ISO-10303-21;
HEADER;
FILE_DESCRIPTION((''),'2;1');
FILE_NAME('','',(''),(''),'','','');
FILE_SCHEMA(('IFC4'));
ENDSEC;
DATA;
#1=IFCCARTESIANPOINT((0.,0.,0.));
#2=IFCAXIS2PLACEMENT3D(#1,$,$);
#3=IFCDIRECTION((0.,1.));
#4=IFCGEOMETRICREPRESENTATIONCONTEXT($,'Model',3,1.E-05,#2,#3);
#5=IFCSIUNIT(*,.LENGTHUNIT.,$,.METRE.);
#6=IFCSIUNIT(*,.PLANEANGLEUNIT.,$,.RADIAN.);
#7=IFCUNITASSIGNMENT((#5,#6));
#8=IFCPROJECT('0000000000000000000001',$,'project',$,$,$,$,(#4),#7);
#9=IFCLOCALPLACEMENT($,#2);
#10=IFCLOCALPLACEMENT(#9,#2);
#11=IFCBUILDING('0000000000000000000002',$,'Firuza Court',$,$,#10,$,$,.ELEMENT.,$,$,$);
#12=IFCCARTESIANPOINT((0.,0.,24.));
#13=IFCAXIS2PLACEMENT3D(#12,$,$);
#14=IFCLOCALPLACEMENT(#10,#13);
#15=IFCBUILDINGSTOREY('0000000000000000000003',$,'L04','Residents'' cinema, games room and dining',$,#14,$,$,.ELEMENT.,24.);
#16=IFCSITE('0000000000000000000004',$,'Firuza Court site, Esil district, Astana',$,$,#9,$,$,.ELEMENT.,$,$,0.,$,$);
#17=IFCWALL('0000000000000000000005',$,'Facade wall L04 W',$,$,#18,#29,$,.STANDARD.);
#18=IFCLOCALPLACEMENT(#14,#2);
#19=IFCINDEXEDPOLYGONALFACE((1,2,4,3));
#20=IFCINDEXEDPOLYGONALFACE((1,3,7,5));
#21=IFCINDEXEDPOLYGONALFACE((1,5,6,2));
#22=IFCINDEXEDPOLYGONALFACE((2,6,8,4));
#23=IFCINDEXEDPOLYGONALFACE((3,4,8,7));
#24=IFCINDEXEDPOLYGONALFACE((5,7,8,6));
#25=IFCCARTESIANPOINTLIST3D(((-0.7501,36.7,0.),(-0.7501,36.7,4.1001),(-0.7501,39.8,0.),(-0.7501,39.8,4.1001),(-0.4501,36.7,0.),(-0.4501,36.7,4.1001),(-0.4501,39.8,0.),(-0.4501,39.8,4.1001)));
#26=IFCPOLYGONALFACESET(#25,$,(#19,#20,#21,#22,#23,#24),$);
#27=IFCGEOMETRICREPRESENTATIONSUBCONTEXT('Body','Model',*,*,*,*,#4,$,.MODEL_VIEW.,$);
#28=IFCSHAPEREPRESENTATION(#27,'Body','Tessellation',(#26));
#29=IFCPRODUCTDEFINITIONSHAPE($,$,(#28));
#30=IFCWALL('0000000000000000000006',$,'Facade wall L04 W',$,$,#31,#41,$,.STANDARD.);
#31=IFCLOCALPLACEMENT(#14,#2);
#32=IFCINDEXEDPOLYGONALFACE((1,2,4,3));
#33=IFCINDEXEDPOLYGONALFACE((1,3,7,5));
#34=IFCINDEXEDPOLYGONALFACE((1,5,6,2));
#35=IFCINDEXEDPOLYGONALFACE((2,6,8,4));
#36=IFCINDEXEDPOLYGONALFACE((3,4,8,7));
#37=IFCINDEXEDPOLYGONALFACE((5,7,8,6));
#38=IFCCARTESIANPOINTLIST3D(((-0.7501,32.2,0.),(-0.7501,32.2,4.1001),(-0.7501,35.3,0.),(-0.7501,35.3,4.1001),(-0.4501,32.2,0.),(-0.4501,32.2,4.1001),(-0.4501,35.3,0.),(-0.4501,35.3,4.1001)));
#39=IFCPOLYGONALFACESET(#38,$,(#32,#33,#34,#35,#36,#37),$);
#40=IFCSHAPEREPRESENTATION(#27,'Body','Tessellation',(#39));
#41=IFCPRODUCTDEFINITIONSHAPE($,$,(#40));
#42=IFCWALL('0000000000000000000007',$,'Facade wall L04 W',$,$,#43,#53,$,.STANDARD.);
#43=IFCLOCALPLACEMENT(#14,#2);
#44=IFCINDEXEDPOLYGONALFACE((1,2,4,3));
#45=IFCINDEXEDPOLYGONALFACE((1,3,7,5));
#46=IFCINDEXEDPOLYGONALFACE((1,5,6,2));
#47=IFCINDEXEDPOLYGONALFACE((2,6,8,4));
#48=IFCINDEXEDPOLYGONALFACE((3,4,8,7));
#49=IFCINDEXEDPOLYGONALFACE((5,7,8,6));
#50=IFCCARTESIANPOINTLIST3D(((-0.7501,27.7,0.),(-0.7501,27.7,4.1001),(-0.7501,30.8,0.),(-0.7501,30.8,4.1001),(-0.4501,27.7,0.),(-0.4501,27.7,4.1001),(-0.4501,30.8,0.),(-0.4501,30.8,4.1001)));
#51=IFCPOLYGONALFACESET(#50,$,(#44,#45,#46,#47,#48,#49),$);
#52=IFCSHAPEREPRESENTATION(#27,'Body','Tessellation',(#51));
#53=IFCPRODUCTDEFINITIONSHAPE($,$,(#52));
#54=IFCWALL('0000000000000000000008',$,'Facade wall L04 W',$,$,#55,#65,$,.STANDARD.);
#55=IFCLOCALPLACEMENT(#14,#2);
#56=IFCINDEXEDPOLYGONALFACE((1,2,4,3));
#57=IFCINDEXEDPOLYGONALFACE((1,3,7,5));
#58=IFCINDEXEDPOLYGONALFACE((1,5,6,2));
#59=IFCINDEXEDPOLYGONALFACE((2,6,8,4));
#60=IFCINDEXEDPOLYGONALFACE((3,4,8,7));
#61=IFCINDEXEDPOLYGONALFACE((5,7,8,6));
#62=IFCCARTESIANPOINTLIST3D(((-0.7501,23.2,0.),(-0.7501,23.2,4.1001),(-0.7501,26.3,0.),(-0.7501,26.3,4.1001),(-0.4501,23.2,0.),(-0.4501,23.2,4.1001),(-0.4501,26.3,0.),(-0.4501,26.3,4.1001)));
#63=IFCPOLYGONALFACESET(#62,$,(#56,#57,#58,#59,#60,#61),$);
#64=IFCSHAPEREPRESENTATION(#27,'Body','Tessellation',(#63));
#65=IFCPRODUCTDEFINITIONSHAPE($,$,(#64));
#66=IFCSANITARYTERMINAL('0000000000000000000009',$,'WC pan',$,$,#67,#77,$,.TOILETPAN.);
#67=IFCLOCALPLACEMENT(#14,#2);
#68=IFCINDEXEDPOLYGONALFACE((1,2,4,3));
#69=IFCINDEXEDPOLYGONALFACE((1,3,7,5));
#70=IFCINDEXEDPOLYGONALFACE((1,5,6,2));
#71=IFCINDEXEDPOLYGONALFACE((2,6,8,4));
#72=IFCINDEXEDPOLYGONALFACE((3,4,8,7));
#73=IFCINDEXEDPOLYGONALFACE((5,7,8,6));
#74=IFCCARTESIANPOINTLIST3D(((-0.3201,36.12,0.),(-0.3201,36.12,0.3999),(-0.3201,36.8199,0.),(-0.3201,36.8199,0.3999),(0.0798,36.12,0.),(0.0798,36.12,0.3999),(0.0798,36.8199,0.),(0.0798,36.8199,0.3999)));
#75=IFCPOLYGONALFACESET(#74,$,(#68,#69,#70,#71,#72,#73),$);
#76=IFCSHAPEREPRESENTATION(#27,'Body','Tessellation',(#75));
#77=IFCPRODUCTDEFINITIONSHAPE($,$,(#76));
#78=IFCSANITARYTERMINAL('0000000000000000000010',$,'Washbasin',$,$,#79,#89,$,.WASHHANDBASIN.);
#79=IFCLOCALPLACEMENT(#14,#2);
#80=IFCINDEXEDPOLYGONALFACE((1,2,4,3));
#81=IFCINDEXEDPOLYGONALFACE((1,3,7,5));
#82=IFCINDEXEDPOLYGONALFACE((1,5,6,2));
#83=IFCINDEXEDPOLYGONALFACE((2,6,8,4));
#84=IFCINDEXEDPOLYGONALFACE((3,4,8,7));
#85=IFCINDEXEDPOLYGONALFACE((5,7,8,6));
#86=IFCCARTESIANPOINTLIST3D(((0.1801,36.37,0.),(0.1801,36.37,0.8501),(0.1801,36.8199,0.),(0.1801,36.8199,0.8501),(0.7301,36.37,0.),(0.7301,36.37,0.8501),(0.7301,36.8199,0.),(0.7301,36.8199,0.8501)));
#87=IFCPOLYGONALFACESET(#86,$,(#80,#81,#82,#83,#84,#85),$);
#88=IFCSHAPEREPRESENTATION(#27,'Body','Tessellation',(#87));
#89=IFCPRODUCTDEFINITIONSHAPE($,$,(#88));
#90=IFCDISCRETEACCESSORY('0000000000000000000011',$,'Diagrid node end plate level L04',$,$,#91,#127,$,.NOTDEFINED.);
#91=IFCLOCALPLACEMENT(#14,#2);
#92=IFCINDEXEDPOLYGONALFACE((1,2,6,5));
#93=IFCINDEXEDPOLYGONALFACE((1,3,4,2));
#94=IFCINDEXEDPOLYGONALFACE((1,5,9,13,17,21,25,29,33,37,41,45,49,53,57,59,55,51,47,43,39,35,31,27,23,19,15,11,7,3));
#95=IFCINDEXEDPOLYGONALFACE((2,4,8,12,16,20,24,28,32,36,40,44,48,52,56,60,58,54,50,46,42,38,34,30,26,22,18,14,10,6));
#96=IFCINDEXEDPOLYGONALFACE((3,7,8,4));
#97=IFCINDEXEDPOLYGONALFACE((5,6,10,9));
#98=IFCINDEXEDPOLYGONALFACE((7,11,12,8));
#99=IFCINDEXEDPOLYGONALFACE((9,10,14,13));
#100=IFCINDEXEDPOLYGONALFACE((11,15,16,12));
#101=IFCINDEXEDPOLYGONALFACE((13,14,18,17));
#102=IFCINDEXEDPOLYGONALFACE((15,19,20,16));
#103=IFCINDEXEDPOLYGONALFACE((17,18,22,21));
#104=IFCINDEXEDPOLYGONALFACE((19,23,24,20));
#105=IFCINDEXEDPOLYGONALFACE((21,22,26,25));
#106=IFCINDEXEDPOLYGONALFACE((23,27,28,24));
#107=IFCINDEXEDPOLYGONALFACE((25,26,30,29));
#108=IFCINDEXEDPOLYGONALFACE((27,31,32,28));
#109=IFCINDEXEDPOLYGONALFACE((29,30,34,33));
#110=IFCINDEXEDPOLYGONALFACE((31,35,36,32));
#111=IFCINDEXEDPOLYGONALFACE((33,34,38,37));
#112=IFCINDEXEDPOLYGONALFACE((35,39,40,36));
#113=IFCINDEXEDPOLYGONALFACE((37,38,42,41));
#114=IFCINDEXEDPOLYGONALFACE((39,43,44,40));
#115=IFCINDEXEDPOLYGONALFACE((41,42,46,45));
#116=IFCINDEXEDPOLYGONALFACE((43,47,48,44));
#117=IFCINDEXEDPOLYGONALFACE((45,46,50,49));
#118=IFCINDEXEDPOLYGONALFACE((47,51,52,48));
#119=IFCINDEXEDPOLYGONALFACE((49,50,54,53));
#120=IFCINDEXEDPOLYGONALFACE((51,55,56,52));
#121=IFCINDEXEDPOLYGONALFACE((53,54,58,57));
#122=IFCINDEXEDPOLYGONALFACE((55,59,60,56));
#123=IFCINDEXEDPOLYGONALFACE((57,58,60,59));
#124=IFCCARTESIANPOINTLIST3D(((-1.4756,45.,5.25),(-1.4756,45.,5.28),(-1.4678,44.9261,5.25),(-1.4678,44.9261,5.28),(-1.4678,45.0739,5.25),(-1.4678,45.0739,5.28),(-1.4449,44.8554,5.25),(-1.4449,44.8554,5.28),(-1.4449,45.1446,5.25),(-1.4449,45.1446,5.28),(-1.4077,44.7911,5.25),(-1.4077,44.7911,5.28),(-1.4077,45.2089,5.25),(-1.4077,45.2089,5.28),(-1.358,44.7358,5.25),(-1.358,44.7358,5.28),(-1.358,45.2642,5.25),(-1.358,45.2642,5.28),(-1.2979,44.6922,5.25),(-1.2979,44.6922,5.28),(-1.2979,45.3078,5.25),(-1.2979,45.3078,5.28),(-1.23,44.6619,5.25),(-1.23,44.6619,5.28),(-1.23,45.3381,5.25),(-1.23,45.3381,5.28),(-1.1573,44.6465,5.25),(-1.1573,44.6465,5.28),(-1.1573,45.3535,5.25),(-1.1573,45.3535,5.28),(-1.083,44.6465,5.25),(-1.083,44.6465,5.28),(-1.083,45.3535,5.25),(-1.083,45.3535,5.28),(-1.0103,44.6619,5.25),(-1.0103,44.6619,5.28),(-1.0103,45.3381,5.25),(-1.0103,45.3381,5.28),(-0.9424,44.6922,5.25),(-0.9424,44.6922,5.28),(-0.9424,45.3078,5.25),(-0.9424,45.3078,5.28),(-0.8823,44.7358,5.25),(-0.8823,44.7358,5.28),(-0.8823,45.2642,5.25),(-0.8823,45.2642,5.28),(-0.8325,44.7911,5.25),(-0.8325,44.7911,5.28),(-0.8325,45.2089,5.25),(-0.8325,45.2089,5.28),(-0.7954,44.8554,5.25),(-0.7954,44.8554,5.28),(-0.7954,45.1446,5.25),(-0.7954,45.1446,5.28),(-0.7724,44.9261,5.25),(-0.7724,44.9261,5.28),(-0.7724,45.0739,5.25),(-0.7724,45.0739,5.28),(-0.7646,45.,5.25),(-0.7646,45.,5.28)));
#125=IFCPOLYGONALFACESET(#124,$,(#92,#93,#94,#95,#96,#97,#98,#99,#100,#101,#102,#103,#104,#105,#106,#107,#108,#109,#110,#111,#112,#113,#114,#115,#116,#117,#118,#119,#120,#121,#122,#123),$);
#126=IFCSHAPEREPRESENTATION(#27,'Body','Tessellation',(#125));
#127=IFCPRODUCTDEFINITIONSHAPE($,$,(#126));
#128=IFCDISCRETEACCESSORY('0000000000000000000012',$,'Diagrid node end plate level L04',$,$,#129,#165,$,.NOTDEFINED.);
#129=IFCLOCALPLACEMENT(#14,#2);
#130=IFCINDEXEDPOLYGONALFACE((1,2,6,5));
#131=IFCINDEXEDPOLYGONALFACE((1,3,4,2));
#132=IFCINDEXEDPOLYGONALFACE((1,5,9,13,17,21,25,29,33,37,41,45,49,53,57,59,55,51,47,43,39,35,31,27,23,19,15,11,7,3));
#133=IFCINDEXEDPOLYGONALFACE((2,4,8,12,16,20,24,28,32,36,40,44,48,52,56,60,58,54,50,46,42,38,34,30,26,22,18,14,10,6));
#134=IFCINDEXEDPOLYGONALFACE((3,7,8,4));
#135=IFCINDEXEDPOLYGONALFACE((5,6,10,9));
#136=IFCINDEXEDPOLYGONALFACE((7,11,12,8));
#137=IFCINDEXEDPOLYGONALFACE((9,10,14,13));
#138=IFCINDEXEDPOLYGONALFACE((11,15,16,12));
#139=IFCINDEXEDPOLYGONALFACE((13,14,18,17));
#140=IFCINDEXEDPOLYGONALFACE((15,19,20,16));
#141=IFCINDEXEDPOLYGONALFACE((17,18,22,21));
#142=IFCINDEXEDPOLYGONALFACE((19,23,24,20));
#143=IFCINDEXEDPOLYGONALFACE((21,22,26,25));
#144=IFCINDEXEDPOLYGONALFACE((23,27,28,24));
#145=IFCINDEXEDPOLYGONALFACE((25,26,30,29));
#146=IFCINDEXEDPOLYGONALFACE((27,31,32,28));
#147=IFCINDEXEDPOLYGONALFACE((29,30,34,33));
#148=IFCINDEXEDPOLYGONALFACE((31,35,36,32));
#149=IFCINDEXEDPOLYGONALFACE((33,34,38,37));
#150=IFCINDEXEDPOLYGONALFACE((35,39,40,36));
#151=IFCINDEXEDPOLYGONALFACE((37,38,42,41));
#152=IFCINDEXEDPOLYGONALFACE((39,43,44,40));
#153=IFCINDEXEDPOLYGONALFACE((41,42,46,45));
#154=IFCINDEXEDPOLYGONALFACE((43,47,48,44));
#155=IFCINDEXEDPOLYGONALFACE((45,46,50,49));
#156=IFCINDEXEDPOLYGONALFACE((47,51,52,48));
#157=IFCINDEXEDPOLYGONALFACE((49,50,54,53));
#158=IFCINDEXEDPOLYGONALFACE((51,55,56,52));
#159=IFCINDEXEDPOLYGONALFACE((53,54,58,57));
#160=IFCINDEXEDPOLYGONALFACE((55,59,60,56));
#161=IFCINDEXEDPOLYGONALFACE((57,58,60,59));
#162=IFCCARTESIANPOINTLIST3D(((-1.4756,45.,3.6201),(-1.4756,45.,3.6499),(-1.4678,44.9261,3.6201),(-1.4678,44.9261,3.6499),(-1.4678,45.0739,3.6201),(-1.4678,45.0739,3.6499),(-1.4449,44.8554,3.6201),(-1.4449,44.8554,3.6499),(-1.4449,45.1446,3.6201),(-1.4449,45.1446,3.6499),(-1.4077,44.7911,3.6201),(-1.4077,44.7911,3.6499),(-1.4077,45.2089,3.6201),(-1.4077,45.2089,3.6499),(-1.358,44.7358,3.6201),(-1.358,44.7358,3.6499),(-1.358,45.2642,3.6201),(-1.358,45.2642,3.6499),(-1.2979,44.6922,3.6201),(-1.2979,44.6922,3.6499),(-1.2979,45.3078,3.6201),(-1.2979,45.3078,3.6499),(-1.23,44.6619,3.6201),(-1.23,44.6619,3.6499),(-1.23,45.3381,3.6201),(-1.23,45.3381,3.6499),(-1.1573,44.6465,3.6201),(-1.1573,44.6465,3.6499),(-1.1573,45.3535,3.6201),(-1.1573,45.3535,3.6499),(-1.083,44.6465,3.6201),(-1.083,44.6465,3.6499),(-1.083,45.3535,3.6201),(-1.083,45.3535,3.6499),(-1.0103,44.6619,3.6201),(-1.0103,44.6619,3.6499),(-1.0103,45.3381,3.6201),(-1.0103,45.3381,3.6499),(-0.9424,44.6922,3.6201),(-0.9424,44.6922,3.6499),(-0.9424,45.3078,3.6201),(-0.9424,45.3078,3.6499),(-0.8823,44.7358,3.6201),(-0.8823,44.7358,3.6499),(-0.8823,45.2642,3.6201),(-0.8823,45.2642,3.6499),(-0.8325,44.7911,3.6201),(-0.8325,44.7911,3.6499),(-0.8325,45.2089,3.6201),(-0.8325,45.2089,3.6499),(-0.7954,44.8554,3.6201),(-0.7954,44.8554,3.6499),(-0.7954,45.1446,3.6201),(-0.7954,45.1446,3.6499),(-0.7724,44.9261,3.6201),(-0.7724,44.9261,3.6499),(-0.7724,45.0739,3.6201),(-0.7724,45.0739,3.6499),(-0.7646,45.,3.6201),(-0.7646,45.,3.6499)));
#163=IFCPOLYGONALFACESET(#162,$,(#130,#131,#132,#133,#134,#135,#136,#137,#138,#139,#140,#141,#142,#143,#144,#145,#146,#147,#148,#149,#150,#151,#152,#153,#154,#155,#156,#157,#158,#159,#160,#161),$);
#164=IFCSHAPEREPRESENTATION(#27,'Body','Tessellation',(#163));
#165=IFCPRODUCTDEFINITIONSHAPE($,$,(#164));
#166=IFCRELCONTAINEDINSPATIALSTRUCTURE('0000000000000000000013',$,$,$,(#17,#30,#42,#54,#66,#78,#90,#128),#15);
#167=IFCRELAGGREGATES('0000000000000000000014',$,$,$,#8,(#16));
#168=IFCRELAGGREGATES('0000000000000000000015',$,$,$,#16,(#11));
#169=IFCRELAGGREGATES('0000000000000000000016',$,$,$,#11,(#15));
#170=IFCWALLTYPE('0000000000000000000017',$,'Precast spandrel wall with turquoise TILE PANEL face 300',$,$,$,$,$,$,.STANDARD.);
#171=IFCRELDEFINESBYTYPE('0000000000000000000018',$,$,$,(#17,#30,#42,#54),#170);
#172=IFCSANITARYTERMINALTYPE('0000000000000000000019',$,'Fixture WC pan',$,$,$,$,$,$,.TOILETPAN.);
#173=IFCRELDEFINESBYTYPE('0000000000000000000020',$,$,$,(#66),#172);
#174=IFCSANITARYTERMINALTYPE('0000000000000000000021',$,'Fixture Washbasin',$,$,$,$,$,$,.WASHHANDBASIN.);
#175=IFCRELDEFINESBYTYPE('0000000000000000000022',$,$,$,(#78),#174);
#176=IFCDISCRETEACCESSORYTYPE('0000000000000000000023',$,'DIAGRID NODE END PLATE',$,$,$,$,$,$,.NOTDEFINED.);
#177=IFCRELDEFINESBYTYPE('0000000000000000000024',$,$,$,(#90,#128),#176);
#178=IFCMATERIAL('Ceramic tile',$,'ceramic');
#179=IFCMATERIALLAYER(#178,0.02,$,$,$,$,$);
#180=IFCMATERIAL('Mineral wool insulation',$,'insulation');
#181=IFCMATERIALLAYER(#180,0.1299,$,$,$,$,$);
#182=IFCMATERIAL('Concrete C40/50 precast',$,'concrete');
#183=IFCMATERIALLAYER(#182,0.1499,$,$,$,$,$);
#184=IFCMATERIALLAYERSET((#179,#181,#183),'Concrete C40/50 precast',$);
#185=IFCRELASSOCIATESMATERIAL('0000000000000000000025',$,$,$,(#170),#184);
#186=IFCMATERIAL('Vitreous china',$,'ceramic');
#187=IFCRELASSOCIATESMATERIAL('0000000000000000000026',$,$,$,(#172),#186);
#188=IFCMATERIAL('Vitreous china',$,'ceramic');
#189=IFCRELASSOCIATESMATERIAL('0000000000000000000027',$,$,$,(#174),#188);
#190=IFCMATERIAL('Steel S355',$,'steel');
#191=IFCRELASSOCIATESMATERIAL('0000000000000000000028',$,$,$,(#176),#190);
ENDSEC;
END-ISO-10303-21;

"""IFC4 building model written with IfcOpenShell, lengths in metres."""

from ifc_helpers import new_model, si_unit, direction, frame, frame_2d, origin, origin_2d, place, context, subcontext, project, spatial, rectangle, circle, extrude, material, layer, layer_set, material_profile, profile_set, type_object, element, save


model = new_model("IFC4")

# Units and contexts
model_context = context("Model", 3, precision=1e-05, world=origin(), true_north=direction((0.0, 1.0)))
body_context = subcontext(model_context, "Body", "Model", "MODEL_VIEW")
ifc_project = project(units=[si_unit("LENGTHUNIT", "METRE"), si_unit("PLANEANGLEUNIT", "RADIAN")], contexts=[model_context])

# Site, building, storey
site_placement = place(None, origin())
site = spatial("IfcSite", under=ifc_project, at=site_placement, Name="Firuza Court site, Esil district, Astana", CompositionType="ELEMENT", RefElevation=0.0)
building_placement = place(site_placement, origin())
building = spatial("IfcBuilding", under=site, at=building_placement, Name="Firuza Court", CompositionType="ELEMENT")
storey_placement = place(building_placement, frame((0.0, 0.0, 24.0)))
storey = spatial("IfcBuildingStorey", under=building, at=storey_placement, Name="L04", Description="Residents' cinema, games room and dining", CompositionType="ELEMENT", Elevation=24.0)

# Walls
ifc_material_1 = material(Name="Ceramic tile", Category="ceramic")
ifc_layer_1 = layer(ifc_material_1, 0.02)
ifc_material_2 = material(Name="Mineral wool insulation", Category="insulation")
ifc_layer_2 = layer(ifc_material_2, 0.1299)
ifc_material_3 = material(Name="Concrete C40/50 precast", Category="concrete")
ifc_layer_3 = layer(ifc_material_3, 0.1499)
ifc_layer_set_1 = layer_set([ifc_layer_1, ifc_layer_2, ifc_layer_3], Name="Concrete C40/50 precast")
wall_type_1 = type_object("IfcWallType", Name="Precast spandrel wall with turquoise TILE PANEL face 300", PredefinedType="STANDARD", material=ifc_layer_set_1)
for number, where, z_axis, x_axis, name in (
    (1, (-0.6001, 39.8, 0.0), (0.0, 0.0, 1.0), (0.0, -1.0, 0.0), "Facade wall L04 W"),
    (2, (-0.6001, 35.3, 0.0), (0.0, 0.0, 1.0), (0.0, -1.0, 0.0), "Facade wall L04 W"),
    (3, (-0.6001, 30.8, 0.0), (0.0, 0.0, 1.0), (0.0, -1.0, 0.0), "Facade wall L04 W"),
    (4, (-0.6001, 26.3, 0.0), (0.0, 0.0, 1.0), (0.0, -1.0, 0.0), "Facade wall L04 W"),
):
    element("IfcWall", number, at=place(storey_placement, frame(where, z_axis=z_axis, x_axis=x_axis)), inside=storey, type_object=wall_type_1, Name=name, PredefinedType="STANDARD", context=body_context, shape_type="SweptSolid", body=[
        extrude(rectangle(XDim=3.1001, YDim=0.3, at=frame_2d((1.55, 0.0))), origin(), (0.0, 0.0, 1.0), 4.1001),
    ])

# Sanitary terminals
ifc_material_4 = material(Name="Vitreous china", Category="ceramic")
sanitary_terminal_type_1 = type_object("IfcSanitaryTerminalType", Name="Fixture WC pan", PredefinedType="TOILETPAN", material=ifc_material_4)
sanitary_terminal_1_placement = place(storey_placement, frame((-0.1201, 36.47, 0.0), z_axis=(0.0, 0.0, 1.0), x_axis=(1.0, 0.0, 0.0)))
element("IfcSanitaryTerminal", 5, at=sanitary_terminal_1_placement, inside=storey, type_object=sanitary_terminal_type_1, Name="WC pan", PredefinedType="TOILETPAN", context=body_context, shape_type="SweptSolid", body=[
    extrude(rectangle(XDim=0.3999, YDim=0.7, at=origin_2d()), origin(), (0.0, 0.0, 1.0), 0.3999),
])
ifc_material_5 = material(Name="Vitreous china", Category="ceramic")
sanitary_terminal_type_2 = type_object("IfcSanitaryTerminalType", Name="Fixture Washbasin", PredefinedType="WASHHANDBASIN", material=ifc_material_5)
sanitary_terminal_2_placement = place(storey_placement, frame((0.4551, 36.595, 0.0), z_axis=(0.0, 0.0, 1.0), x_axis=(1.0, 0.0, 0.0)))
element("IfcSanitaryTerminal", 6, at=sanitary_terminal_2_placement, inside=storey, type_object=sanitary_terminal_type_2, Name="Washbasin", PredefinedType="WASHHANDBASIN", context=body_context, shape_type="SweptSolid", body=[
    extrude(rectangle(XDim=0.55, YDim=0.45, at=origin_2d()), origin(), (0.0, 0.0, 1.0), 0.8501),
])

# Discrete accessories
ifc_material_6 = material(Name="Steel S355", Category="steel")
ifc_material_profile_1 = material_profile(ifc_material_6, circle(Radius=0.3555, at=origin_2d()), Name="PL D711")
ifc_profile_set_1 = profile_set([ifc_material_profile_1], Name="Steel S355")
discrete_accessory_type = type_object("IfcDiscreteAccessoryType", Name="DIAGRID NODE END PLATE", PredefinedType="NOTDEFINED", material=ifc_profile_set_1)
discrete_accessory_1_placement = place(storey_placement, frame((-1.1201, 45.0, 5.25), z_axis=(0.0, 0.0, 1.0), x_axis=(1.0, 0.0, 0.0)))
element("IfcDiscreteAccessory", 7, at=discrete_accessory_1_placement, inside=storey, type_object=discrete_accessory_type, Name="Diagrid node end plate level L04", PredefinedType="NOTDEFINED", context=body_context, shape_type="SweptSolid", body=[
    extrude(circle(Radius=0.3555, at=origin_2d()), origin(), (0.0, 0.0, 1.0), 0.03),
])
discrete_accessory_2_placement = place(storey_placement, frame((-1.1201, 45.0, 3.6201), z_axis=(0.0, 0.0, 1.0), x_axis=(1.0, 0.0, 0.0)))
element("IfcDiscreteAccessory", 8, at=discrete_accessory_2_placement, inside=storey, type_object=discrete_accessory_type, Name="Diagrid node end plate level L04", PredefinedType="NOTDEFINED", context=body_context, shape_type="SweptSolid", body=[
    extrude(circle(Radius=0.3555, at=origin_2d()), origin(), (0.0, 0.0, 1.0), 0.0298),
])

save(model, "model.ifc")
